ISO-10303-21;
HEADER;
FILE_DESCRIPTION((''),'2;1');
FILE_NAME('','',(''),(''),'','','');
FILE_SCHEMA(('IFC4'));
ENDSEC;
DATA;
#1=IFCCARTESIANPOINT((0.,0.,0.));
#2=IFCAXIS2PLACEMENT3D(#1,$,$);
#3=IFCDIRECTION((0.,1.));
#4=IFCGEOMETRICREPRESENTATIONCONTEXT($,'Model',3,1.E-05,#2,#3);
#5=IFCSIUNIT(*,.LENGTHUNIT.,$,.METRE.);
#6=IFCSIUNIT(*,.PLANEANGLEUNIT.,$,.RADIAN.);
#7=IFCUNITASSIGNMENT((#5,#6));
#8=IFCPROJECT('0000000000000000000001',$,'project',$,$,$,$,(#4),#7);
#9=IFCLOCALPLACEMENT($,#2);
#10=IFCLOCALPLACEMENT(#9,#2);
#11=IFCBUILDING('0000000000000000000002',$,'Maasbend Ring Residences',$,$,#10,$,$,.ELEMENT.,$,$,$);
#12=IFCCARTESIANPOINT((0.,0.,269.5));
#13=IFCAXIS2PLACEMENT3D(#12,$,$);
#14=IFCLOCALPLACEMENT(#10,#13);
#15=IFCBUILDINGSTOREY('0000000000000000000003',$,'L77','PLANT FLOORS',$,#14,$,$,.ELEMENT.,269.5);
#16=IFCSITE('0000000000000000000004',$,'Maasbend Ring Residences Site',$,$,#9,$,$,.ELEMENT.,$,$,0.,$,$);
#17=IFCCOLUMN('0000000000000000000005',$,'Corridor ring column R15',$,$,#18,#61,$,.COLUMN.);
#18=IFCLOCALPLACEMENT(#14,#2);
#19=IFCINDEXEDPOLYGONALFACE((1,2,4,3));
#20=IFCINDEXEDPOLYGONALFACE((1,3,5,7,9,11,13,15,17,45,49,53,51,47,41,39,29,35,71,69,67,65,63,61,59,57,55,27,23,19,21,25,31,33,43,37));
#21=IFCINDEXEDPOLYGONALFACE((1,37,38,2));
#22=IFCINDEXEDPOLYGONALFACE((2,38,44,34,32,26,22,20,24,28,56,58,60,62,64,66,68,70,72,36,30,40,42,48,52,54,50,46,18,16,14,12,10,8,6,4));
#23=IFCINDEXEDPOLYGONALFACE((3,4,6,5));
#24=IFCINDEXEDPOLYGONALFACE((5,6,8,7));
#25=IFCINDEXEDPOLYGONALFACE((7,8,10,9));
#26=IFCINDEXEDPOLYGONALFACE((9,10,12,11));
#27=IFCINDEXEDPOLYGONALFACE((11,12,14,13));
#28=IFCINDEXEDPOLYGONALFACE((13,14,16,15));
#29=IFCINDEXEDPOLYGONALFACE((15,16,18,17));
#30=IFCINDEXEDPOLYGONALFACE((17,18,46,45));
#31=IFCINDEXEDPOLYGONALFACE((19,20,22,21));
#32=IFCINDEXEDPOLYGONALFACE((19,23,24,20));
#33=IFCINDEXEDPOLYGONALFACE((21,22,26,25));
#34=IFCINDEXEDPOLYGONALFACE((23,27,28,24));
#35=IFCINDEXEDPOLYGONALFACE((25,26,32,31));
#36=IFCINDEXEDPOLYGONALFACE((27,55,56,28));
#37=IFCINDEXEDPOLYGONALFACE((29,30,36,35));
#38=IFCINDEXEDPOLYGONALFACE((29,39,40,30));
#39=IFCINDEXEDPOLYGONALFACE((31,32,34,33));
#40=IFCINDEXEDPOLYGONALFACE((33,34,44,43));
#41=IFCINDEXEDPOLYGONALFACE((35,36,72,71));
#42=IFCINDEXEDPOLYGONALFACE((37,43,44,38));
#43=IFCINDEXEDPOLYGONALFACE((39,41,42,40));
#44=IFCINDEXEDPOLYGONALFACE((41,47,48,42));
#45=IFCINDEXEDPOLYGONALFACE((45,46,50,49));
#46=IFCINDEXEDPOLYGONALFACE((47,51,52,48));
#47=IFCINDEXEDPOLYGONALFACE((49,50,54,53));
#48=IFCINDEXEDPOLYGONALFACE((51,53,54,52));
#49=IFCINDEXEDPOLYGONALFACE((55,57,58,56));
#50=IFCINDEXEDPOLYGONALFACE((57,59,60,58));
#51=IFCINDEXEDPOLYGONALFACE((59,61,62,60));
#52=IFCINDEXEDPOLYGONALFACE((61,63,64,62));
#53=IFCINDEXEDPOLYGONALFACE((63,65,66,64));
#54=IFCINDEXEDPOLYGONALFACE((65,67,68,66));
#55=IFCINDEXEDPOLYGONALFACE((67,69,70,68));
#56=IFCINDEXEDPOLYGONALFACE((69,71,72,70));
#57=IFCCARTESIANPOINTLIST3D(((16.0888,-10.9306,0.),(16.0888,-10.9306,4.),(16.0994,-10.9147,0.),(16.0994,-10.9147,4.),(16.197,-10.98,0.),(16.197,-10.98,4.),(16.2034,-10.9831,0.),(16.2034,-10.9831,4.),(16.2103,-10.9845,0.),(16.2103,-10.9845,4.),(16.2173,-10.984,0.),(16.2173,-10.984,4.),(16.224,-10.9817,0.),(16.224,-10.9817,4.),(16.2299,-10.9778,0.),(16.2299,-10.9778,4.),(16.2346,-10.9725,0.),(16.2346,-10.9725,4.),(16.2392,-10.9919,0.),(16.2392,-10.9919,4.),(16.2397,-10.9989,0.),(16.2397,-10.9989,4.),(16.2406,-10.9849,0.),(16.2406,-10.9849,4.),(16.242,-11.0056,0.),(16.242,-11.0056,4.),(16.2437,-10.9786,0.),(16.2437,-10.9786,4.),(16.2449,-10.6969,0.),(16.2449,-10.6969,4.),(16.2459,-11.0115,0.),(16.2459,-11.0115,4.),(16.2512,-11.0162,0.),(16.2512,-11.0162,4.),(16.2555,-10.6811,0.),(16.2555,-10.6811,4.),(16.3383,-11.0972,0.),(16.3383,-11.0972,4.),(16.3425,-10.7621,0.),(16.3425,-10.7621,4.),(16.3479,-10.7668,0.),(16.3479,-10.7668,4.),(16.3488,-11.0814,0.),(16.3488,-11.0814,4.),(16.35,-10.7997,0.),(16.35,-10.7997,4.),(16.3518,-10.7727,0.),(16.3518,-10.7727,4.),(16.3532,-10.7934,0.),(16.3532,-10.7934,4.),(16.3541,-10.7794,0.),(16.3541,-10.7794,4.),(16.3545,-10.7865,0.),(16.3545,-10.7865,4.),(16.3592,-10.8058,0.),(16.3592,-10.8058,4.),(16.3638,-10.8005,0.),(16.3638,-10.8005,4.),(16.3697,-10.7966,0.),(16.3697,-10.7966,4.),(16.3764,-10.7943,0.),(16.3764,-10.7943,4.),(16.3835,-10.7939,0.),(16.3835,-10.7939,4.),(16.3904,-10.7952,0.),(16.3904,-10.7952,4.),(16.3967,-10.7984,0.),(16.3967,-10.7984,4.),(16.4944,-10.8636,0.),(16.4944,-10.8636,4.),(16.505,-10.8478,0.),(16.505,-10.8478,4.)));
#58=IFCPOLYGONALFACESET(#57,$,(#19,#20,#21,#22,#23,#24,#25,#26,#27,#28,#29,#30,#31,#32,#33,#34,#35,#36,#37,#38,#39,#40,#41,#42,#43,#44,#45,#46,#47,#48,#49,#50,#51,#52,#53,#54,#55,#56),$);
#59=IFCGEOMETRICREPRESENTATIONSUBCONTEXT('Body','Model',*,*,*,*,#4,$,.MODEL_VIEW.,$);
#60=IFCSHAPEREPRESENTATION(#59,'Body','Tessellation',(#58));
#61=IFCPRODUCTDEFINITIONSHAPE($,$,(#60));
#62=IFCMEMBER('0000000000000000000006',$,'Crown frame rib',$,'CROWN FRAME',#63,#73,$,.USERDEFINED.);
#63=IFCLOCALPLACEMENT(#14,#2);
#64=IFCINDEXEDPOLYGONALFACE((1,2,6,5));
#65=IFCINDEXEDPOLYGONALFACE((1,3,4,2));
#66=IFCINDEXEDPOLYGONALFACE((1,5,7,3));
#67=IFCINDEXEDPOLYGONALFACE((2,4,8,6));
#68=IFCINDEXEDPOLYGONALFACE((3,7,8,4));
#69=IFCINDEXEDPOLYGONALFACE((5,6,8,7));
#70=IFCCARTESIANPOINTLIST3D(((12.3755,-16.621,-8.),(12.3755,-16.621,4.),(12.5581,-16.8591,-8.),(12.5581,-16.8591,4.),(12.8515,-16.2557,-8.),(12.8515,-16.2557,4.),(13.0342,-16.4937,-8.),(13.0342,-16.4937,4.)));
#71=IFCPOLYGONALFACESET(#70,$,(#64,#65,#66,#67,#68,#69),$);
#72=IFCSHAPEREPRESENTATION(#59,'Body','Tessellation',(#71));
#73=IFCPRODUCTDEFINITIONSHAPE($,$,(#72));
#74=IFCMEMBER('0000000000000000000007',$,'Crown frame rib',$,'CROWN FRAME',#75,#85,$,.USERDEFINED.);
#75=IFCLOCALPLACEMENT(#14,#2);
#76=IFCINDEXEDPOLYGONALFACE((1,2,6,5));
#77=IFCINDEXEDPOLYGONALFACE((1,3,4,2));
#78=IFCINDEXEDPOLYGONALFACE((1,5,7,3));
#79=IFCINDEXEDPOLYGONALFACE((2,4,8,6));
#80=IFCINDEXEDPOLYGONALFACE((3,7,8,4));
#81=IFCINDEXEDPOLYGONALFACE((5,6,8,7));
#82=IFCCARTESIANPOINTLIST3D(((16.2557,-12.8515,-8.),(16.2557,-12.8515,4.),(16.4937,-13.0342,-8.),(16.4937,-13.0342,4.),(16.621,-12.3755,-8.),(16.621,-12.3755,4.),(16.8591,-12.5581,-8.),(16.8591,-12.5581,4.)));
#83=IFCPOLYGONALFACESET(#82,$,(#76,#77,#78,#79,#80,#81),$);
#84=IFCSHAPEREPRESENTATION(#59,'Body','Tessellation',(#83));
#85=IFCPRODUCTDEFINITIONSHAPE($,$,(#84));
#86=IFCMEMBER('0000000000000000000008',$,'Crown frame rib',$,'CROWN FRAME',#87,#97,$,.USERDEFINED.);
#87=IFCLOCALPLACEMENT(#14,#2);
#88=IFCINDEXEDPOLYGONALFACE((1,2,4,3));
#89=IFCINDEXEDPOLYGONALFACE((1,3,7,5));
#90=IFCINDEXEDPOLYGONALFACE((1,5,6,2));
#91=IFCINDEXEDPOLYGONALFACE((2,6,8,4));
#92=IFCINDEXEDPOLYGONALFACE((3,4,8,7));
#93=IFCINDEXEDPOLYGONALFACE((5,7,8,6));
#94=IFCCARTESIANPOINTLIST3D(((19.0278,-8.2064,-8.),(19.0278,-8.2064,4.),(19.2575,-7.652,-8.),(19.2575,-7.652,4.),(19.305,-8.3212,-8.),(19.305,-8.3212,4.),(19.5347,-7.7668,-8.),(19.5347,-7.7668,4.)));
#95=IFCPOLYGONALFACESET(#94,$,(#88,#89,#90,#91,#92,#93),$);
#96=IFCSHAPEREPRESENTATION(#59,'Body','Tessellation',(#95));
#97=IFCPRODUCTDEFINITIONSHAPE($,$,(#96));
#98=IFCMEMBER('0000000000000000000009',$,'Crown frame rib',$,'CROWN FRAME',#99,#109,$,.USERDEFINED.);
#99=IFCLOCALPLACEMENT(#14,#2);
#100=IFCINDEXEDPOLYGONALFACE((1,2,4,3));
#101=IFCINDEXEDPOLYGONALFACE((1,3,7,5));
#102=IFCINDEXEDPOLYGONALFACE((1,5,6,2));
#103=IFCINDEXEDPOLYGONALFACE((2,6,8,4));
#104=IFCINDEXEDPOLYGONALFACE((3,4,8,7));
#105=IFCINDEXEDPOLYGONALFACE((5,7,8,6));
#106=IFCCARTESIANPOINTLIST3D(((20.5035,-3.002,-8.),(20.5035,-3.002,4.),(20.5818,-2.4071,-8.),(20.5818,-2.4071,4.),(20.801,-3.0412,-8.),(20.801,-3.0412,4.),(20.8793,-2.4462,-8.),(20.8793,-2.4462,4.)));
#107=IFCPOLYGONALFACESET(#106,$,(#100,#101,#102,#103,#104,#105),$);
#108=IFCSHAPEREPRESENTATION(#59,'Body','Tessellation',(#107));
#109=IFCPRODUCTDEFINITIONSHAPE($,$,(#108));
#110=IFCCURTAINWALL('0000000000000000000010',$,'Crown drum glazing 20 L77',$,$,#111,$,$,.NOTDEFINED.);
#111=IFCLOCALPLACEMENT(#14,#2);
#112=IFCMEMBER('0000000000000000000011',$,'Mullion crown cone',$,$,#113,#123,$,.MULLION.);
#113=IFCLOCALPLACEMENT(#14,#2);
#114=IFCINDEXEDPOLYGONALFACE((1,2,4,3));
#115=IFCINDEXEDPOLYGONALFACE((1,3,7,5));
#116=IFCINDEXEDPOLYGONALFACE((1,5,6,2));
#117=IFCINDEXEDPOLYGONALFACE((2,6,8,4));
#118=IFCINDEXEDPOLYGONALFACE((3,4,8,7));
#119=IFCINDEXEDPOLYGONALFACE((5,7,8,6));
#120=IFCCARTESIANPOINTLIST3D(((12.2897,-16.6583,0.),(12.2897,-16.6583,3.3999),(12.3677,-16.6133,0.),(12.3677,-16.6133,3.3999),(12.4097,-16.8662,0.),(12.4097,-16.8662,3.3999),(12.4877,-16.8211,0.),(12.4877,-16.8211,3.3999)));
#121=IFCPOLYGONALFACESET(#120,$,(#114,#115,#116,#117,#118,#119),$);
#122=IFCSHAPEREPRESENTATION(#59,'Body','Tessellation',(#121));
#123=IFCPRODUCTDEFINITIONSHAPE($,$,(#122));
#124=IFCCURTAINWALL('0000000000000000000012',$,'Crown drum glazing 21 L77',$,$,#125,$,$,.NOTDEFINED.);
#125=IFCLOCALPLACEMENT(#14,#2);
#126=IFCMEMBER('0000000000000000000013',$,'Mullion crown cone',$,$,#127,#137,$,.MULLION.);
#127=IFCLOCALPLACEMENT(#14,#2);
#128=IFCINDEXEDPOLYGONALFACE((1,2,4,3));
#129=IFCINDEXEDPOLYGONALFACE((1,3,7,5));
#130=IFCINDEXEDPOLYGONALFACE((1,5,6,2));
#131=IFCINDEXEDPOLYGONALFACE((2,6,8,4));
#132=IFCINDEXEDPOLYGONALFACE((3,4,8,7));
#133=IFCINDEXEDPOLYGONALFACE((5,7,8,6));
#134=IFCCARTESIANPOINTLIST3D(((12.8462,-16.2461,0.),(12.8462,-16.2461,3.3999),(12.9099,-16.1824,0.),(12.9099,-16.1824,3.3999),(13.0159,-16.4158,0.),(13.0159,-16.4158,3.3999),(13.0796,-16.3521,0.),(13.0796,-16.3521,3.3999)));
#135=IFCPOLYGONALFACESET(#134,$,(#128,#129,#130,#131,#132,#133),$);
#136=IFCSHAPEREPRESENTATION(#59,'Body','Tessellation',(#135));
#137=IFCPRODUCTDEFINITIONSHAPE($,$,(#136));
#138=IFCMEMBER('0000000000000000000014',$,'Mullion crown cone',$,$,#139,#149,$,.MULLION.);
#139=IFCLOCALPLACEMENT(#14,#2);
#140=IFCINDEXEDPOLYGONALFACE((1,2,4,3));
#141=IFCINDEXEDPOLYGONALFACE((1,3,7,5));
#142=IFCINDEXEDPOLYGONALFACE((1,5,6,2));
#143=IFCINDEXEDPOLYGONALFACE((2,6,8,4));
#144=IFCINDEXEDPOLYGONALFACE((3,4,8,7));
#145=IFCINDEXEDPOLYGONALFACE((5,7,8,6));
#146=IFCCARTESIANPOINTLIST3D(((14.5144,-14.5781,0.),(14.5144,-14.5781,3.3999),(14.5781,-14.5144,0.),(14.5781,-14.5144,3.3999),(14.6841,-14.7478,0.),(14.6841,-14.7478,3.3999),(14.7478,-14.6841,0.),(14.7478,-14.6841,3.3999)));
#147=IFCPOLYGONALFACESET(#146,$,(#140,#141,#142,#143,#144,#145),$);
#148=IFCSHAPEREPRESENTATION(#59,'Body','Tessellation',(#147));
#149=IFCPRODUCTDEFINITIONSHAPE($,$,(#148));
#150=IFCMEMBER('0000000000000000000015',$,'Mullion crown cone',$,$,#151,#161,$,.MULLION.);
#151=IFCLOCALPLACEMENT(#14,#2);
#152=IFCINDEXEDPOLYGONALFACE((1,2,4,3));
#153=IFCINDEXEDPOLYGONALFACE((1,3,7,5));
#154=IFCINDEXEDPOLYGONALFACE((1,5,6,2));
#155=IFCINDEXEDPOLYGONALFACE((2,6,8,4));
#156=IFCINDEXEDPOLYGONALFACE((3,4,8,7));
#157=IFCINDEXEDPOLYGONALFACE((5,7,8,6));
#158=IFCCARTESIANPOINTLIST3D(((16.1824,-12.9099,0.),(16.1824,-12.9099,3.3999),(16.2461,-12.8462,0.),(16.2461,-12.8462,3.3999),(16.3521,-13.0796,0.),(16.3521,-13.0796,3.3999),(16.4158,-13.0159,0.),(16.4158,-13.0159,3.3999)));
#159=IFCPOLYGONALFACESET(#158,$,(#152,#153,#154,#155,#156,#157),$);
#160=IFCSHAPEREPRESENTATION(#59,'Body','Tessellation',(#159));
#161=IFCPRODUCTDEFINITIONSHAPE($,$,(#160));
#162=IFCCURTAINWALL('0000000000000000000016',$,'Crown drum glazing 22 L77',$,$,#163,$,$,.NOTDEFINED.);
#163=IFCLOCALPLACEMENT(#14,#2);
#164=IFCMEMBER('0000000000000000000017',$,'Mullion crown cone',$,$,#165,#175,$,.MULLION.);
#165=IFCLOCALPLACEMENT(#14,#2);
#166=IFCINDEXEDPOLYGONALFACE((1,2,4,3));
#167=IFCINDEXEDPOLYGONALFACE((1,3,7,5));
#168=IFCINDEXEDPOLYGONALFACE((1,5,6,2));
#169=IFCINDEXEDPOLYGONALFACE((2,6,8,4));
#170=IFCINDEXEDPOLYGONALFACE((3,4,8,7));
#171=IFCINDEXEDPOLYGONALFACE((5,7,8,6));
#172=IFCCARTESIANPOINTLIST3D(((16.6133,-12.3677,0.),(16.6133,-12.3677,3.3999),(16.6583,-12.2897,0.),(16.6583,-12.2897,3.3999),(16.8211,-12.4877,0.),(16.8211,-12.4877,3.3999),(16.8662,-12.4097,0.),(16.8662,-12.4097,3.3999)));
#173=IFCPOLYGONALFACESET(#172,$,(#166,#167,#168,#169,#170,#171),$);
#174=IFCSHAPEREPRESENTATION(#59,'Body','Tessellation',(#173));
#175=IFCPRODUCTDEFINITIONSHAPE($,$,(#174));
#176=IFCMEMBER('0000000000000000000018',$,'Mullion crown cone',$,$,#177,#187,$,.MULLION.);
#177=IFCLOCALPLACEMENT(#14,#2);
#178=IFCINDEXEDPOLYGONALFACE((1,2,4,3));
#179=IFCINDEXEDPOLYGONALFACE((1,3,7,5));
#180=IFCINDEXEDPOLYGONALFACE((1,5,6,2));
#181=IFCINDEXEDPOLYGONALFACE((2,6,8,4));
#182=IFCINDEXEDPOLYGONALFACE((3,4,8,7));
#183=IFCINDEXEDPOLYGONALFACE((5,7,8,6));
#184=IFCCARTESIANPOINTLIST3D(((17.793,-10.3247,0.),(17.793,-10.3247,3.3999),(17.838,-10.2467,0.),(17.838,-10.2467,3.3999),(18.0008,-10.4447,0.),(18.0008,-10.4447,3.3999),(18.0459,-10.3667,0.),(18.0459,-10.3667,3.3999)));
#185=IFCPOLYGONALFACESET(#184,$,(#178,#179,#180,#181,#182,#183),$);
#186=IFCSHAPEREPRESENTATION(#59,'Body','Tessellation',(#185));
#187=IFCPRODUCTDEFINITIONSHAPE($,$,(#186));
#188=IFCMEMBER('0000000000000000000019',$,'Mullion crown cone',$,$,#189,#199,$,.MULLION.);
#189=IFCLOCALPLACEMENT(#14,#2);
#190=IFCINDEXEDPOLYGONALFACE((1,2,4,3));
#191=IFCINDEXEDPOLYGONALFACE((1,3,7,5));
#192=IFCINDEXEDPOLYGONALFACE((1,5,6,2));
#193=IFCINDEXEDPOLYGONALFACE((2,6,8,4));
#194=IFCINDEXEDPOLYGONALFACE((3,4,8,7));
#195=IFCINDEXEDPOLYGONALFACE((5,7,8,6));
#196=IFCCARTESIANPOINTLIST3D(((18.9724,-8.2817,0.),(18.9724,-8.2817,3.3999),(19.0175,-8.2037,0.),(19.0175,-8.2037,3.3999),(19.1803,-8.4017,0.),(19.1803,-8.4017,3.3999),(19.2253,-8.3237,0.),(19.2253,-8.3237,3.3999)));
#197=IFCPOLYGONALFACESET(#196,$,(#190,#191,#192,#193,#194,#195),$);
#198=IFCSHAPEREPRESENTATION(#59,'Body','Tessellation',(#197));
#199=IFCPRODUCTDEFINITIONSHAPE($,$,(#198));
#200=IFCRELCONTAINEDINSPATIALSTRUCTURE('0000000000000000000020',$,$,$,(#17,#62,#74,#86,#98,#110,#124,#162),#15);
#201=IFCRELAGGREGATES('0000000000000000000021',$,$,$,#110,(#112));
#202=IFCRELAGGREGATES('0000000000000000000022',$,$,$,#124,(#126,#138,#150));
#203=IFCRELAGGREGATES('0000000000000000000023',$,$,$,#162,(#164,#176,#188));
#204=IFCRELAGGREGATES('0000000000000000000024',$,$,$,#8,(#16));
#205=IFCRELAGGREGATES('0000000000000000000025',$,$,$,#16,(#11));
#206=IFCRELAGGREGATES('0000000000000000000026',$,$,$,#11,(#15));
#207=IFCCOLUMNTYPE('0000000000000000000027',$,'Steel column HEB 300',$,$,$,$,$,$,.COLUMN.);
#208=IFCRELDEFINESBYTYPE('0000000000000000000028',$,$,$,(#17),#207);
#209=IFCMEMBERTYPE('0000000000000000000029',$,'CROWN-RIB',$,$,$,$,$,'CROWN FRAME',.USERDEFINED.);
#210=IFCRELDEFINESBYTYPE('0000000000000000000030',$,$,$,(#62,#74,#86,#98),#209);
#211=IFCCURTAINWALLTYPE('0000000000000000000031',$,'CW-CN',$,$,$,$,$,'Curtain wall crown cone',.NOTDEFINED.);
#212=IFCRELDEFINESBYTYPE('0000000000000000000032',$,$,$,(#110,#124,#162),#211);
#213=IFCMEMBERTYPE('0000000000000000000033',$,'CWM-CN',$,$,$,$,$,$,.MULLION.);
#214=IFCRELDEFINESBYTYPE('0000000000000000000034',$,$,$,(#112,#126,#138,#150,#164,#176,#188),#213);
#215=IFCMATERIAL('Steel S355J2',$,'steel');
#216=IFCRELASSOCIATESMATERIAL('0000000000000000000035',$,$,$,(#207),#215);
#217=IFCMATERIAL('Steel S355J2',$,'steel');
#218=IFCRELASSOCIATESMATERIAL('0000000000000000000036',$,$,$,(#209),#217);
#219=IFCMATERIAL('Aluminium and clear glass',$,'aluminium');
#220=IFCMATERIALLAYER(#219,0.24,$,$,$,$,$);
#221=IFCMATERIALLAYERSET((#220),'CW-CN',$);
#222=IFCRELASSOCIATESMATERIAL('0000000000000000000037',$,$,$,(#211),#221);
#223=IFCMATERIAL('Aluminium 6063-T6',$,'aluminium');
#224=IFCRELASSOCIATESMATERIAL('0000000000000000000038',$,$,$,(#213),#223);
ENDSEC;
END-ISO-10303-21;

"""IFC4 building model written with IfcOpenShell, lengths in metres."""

from ifc_helpers import new_model, si_unit, direction, frame, origin, origin_2d, place, context, subcontext, project, spatial, rectangle, i_section, extrude, material, layer, layer_set, material_profile, profile_set, type_object, element, aggregate, save


model = new_model("IFC4")

# Units and contexts
model_context = context("Model", 3, precision=1e-05, world=origin(), true_north=direction((0.0, 1.0)))
body_context = subcontext(model_context, "Body", "Model", "MODEL_VIEW")
ifc_project = project(units=[si_unit("LENGTHUNIT", "METRE"), si_unit("PLANEANGLEUNIT", "RADIAN")], contexts=[model_context])

# Site, building, storey
site_placement = place(None, origin())
site = spatial("IfcSite", under=ifc_project, at=site_placement, Name="Maasbend Ring Residences Site", CompositionType="ELEMENT", RefElevation=0.0)
building_placement = place(site_placement, origin())
building = spatial("IfcBuilding", under=site, at=building_placement, Name="Maasbend Ring Residences", CompositionType="ELEMENT")
storey_placement = place(building_placement, frame((0.0, 0.0, 269.5)))
storey = spatial("IfcBuildingStorey", under=building, at=storey_placement, Name="L77", Description="PLANT FLOORS", CompositionType="ELEMENT", Elevation=269.5)

# Column
ifc_material_1 = material(Name="Steel S355J2", Category="steel")
ifc_material_profile_1 = material_profile(ifc_material_1, i_section(OverallWidth=0.3, OverallDepth=0.3, WebThickness=0.011, FlangeThickness=0.019, FilletRadius=0.0271, at=origin_2d()), Name="HEB 300")
ifc_profile_set_1 = profile_set([ifc_material_profile_1], Name="Steel S355J2")
column_type = type_object("IfcColumnType", Name="Steel column HEB 300", PredefinedType="COLUMN", material=ifc_profile_set_1)
column_placement = place(storey_placement, frame((16.2969, -10.8892, 0.0), z_axis=(0.0, 0.0, 1.0), x_axis=(0.83147, -0.55557, 0.0)))
element("IfcColumn", 1, at=column_placement, inside=storey, type_object=column_type, Name="Corridor ring column R15", PredefinedType="COLUMN", context=body_context, shape_type="SweptSolid", body=[
    extrude(i_section(OverallWidth=0.3, OverallDepth=0.3, WebThickness=0.011, FlangeThickness=0.019, FilletRadius=0.0271, at=origin_2d()), origin(), (0.0, 0.0, 1.0), 4.0),
])

# Members
ifc_material_2 = material(Name="Steel S355J2", Category="steel")
ifc_material_profile_2 = material_profile(ifc_material_2, rectangle(XDim=0.3, YDim=0.6001, at=origin_2d()), Name="Box 300x600x12")
ifc_profile_set_2 = profile_set([ifc_material_profile_2], Name="Steel S355J2")
member_type_1 = type_object("IfcMemberType", Name="CROWN-RIB", ElementType="CROWN FRAME", PredefinedType="USERDEFINED", material=ifc_profile_set_2)
for number, where, z_axis, x_axis, name in (
    (2, (12.7048, -16.5574, -8.0), (0.0, 0.0, 1.0), (0.608761, -0.793353, 0.0), "Crown frame rib"),
    (3, (16.5574, -12.7048, -8.0), (0.0, 0.0, 1.0), (0.793353, -0.608761, 0.0), "Crown frame rib"),
    (4, (19.2812, -7.9866, -8.0), (0.0, 0.0, 1.0), (0.92388, -0.382683, 0.0), "Crown frame rib"),
    (5, (20.6914, -2.7241, -8.0), (0.0, 0.0, 1.0), (0.991445, -0.130526, 0.0), "Crown frame rib"),
):
    element("IfcMember", number, at=place(storey_placement, frame(where, z_axis=z_axis, x_axis=x_axis)), inside=storey, type_object=member_type_1, Name=name, ObjectType="CROWN FRAME", PredefinedType="USERDEFINED", context=body_context, shape_type="SweptSolid", body=[
        extrude(rectangle(XDim=0.3, YDim=0.6001, at=origin_2d()), origin(), (0.0, 0.0, 1.0), 12.0),
    ])

# Curtain wall, member
ifc_material_3 = material(Name="Aluminium and clear glass", Category="aluminium")
ifc_layer_1 = layer(ifc_material_3, 0.24)
ifc_layer_set_1 = layer_set([ifc_layer_1], Name="CW-CN")
curtain_wall_type = type_object("IfcCurtainWallType", Name="CW-CN", ElementType="Curtain wall crown cone", PredefinedType="NOTDEFINED", material=ifc_layer_set_1)
curtain_wall_1_placement = place(storey_placement, origin())
curtain_wall_1 = element("IfcCurtainWall", 6, at=curtain_wall_1_placement, inside=storey, type_object=curtain_wall_type, Name="Crown drum glazing 20 L77", PredefinedType="NOTDEFINED")
ifc_material_4 = material(Name="Aluminium 6063-T6", Category="aluminium")
ifc_material_profile_3 = material_profile(ifc_material_4, rectangle(XDim=0.24, YDim=0.0901, at=origin_2d()), Name="AL 240x90")
ifc_profile_set_3 = profile_set([ifc_material_profile_3], Name="Aluminium 6063-T6")
member_type_2 = type_object("IfcMemberType", Name="CWM-CN", PredefinedType="MULLION", material=ifc_profile_set_3)
member_1_placement = place(storey_placement, frame((12.3887, -16.7397, 0.0), z_axis=(0.0, 0.0, 1.0), x_axis=(-0.5, 0.866025, 0.0)))
member_1 = element("IfcMember", 7, at=member_1_placement, type_object=member_type_2, Name="Mullion crown cone", PredefinedType="MULLION", context=body_context, shape_type="SweptSolid", body=[
    extrude(rectangle(XDim=0.24, YDim=0.0901, at=origin_2d()), origin(), (0.0, 0.0, 1.0), 3.3999),
])
aggregate(curtain_wall_1, [member_1])

# Curtain walls, members
curtain_wall_2_placement = place(storey_placement, origin())
curtain_wall_2 = element("IfcCurtainWall", 8, at=curtain_wall_2_placement, inside=storey, type_object=curtain_wall_type, Name="Crown drum glazing 21 L77", PredefinedType="NOTDEFINED")
member_2_placement = place(storey_placement, frame((12.9629, -16.2991, 0.0), z_axis=(0.0, 0.0, 1.0), x_axis=(-0.707107, 0.707107, 0.0)))
member_2 = element("IfcMember", 9, at=member_2_placement, type_object=member_type_2, Name="Mullion crown cone", PredefinedType="MULLION", context=body_context, shape_type="SweptSolid", body=[
    extrude(rectangle(XDim=0.24, YDim=0.0901, at=origin_2d()), origin(), (0.0, 0.0, 1.0), 3.3999),
])
member_3_placement = place(storey_placement, frame((14.6311, -14.6311, 0.0), z_axis=(0.0, 0.0, 1.0), x_axis=(-0.707107, 0.707107, 0.0)))
member_3 = element("IfcMember", 10, at=member_3_placement, type_object=member_type_2, Name="Mullion crown cone", PredefinedType="MULLION", context=body_context, shape_type="SweptSolid", body=[
    extrude(rectangle(XDim=0.24, YDim=0.0901, at=origin_2d()), origin(), (0.0, 0.0, 1.0), 3.3999),
])
member_4_placement = place(storey_placement, frame((16.2991, -12.9629, 0.0), z_axis=(0.0, 0.0, 1.0), x_axis=(-0.707107, 0.707107, 0.0)))
member_4 = element("IfcMember", 11, at=member_4_placement, type_object=member_type_2, Name="Mullion crown cone", PredefinedType="MULLION", context=body_context, shape_type="SweptSolid", body=[
    extrude(rectangle(XDim=0.24, YDim=0.0901, at=origin_2d()), origin(), (0.0, 0.0, 1.0), 3.3999),
])
curtain_wall_3_placement = place(storey_placement, origin())
curtain_wall_3 = element("IfcCurtainWall", 12, at=curtain_wall_3_placement, inside=storey, type_object=curtain_wall_type, Name="Crown drum glazing 22 L77", PredefinedType="NOTDEFINED")
member_5_placement = place(storey_placement, frame((16.7397, -12.3887, 0.0), z_axis=(0.0, 0.0, 1.0), x_axis=(-0.866025, 0.5, 0.0)))
member_5 = element("IfcMember", 13, at=member_5_placement, type_object=member_type_2, Name="Mullion crown cone", PredefinedType="MULLION", context=body_context, shape_type="SweptSolid", body=[
    extrude(rectangle(XDim=0.24, YDim=0.0901, at=origin_2d()), origin(), (0.0, 0.0, 1.0), 3.3999),
])
member_6_placement = place(storey_placement, frame((17.9194, -10.3457, 0.0), z_axis=(0.0, 0.0, 1.0), x_axis=(-0.866025, 0.5, 0.0)))
member_6 = element("IfcMember", 14, at=member_6_placement, type_object=member_type_2, Name="Mullion crown cone", PredefinedType="MULLION", context=body_context, shape_type="SweptSolid", body=[
    extrude(rectangle(XDim=0.24, YDim=0.0901, at=origin_2d()), origin(), (0.0, 0.0, 1.0), 3.3999),
])
member_7_placement = place(storey_placement, frame((19.0989, -8.3027, 0.0), z_axis=(0.0, 0.0, 1.0), x_axis=(-0.866025, 0.5, 0.0)))
member_7 = element("IfcMember", 15, at=member_7_placement, type_object=member_type_2, Name="Mullion crown cone", PredefinedType="MULLION", context=body_context, shape_type="SweptSolid", body=[
    extrude(rectangle(XDim=0.24, YDim=0.0901, at=origin_2d()), origin(), (0.0, 0.0, 1.0), 3.3999),
])

aggregate(curtain_wall_2, [member_2, member_3, member_4])
aggregate(curtain_wall_3, [member_5, member_6, member_7])

save(model, "model.ifc")
